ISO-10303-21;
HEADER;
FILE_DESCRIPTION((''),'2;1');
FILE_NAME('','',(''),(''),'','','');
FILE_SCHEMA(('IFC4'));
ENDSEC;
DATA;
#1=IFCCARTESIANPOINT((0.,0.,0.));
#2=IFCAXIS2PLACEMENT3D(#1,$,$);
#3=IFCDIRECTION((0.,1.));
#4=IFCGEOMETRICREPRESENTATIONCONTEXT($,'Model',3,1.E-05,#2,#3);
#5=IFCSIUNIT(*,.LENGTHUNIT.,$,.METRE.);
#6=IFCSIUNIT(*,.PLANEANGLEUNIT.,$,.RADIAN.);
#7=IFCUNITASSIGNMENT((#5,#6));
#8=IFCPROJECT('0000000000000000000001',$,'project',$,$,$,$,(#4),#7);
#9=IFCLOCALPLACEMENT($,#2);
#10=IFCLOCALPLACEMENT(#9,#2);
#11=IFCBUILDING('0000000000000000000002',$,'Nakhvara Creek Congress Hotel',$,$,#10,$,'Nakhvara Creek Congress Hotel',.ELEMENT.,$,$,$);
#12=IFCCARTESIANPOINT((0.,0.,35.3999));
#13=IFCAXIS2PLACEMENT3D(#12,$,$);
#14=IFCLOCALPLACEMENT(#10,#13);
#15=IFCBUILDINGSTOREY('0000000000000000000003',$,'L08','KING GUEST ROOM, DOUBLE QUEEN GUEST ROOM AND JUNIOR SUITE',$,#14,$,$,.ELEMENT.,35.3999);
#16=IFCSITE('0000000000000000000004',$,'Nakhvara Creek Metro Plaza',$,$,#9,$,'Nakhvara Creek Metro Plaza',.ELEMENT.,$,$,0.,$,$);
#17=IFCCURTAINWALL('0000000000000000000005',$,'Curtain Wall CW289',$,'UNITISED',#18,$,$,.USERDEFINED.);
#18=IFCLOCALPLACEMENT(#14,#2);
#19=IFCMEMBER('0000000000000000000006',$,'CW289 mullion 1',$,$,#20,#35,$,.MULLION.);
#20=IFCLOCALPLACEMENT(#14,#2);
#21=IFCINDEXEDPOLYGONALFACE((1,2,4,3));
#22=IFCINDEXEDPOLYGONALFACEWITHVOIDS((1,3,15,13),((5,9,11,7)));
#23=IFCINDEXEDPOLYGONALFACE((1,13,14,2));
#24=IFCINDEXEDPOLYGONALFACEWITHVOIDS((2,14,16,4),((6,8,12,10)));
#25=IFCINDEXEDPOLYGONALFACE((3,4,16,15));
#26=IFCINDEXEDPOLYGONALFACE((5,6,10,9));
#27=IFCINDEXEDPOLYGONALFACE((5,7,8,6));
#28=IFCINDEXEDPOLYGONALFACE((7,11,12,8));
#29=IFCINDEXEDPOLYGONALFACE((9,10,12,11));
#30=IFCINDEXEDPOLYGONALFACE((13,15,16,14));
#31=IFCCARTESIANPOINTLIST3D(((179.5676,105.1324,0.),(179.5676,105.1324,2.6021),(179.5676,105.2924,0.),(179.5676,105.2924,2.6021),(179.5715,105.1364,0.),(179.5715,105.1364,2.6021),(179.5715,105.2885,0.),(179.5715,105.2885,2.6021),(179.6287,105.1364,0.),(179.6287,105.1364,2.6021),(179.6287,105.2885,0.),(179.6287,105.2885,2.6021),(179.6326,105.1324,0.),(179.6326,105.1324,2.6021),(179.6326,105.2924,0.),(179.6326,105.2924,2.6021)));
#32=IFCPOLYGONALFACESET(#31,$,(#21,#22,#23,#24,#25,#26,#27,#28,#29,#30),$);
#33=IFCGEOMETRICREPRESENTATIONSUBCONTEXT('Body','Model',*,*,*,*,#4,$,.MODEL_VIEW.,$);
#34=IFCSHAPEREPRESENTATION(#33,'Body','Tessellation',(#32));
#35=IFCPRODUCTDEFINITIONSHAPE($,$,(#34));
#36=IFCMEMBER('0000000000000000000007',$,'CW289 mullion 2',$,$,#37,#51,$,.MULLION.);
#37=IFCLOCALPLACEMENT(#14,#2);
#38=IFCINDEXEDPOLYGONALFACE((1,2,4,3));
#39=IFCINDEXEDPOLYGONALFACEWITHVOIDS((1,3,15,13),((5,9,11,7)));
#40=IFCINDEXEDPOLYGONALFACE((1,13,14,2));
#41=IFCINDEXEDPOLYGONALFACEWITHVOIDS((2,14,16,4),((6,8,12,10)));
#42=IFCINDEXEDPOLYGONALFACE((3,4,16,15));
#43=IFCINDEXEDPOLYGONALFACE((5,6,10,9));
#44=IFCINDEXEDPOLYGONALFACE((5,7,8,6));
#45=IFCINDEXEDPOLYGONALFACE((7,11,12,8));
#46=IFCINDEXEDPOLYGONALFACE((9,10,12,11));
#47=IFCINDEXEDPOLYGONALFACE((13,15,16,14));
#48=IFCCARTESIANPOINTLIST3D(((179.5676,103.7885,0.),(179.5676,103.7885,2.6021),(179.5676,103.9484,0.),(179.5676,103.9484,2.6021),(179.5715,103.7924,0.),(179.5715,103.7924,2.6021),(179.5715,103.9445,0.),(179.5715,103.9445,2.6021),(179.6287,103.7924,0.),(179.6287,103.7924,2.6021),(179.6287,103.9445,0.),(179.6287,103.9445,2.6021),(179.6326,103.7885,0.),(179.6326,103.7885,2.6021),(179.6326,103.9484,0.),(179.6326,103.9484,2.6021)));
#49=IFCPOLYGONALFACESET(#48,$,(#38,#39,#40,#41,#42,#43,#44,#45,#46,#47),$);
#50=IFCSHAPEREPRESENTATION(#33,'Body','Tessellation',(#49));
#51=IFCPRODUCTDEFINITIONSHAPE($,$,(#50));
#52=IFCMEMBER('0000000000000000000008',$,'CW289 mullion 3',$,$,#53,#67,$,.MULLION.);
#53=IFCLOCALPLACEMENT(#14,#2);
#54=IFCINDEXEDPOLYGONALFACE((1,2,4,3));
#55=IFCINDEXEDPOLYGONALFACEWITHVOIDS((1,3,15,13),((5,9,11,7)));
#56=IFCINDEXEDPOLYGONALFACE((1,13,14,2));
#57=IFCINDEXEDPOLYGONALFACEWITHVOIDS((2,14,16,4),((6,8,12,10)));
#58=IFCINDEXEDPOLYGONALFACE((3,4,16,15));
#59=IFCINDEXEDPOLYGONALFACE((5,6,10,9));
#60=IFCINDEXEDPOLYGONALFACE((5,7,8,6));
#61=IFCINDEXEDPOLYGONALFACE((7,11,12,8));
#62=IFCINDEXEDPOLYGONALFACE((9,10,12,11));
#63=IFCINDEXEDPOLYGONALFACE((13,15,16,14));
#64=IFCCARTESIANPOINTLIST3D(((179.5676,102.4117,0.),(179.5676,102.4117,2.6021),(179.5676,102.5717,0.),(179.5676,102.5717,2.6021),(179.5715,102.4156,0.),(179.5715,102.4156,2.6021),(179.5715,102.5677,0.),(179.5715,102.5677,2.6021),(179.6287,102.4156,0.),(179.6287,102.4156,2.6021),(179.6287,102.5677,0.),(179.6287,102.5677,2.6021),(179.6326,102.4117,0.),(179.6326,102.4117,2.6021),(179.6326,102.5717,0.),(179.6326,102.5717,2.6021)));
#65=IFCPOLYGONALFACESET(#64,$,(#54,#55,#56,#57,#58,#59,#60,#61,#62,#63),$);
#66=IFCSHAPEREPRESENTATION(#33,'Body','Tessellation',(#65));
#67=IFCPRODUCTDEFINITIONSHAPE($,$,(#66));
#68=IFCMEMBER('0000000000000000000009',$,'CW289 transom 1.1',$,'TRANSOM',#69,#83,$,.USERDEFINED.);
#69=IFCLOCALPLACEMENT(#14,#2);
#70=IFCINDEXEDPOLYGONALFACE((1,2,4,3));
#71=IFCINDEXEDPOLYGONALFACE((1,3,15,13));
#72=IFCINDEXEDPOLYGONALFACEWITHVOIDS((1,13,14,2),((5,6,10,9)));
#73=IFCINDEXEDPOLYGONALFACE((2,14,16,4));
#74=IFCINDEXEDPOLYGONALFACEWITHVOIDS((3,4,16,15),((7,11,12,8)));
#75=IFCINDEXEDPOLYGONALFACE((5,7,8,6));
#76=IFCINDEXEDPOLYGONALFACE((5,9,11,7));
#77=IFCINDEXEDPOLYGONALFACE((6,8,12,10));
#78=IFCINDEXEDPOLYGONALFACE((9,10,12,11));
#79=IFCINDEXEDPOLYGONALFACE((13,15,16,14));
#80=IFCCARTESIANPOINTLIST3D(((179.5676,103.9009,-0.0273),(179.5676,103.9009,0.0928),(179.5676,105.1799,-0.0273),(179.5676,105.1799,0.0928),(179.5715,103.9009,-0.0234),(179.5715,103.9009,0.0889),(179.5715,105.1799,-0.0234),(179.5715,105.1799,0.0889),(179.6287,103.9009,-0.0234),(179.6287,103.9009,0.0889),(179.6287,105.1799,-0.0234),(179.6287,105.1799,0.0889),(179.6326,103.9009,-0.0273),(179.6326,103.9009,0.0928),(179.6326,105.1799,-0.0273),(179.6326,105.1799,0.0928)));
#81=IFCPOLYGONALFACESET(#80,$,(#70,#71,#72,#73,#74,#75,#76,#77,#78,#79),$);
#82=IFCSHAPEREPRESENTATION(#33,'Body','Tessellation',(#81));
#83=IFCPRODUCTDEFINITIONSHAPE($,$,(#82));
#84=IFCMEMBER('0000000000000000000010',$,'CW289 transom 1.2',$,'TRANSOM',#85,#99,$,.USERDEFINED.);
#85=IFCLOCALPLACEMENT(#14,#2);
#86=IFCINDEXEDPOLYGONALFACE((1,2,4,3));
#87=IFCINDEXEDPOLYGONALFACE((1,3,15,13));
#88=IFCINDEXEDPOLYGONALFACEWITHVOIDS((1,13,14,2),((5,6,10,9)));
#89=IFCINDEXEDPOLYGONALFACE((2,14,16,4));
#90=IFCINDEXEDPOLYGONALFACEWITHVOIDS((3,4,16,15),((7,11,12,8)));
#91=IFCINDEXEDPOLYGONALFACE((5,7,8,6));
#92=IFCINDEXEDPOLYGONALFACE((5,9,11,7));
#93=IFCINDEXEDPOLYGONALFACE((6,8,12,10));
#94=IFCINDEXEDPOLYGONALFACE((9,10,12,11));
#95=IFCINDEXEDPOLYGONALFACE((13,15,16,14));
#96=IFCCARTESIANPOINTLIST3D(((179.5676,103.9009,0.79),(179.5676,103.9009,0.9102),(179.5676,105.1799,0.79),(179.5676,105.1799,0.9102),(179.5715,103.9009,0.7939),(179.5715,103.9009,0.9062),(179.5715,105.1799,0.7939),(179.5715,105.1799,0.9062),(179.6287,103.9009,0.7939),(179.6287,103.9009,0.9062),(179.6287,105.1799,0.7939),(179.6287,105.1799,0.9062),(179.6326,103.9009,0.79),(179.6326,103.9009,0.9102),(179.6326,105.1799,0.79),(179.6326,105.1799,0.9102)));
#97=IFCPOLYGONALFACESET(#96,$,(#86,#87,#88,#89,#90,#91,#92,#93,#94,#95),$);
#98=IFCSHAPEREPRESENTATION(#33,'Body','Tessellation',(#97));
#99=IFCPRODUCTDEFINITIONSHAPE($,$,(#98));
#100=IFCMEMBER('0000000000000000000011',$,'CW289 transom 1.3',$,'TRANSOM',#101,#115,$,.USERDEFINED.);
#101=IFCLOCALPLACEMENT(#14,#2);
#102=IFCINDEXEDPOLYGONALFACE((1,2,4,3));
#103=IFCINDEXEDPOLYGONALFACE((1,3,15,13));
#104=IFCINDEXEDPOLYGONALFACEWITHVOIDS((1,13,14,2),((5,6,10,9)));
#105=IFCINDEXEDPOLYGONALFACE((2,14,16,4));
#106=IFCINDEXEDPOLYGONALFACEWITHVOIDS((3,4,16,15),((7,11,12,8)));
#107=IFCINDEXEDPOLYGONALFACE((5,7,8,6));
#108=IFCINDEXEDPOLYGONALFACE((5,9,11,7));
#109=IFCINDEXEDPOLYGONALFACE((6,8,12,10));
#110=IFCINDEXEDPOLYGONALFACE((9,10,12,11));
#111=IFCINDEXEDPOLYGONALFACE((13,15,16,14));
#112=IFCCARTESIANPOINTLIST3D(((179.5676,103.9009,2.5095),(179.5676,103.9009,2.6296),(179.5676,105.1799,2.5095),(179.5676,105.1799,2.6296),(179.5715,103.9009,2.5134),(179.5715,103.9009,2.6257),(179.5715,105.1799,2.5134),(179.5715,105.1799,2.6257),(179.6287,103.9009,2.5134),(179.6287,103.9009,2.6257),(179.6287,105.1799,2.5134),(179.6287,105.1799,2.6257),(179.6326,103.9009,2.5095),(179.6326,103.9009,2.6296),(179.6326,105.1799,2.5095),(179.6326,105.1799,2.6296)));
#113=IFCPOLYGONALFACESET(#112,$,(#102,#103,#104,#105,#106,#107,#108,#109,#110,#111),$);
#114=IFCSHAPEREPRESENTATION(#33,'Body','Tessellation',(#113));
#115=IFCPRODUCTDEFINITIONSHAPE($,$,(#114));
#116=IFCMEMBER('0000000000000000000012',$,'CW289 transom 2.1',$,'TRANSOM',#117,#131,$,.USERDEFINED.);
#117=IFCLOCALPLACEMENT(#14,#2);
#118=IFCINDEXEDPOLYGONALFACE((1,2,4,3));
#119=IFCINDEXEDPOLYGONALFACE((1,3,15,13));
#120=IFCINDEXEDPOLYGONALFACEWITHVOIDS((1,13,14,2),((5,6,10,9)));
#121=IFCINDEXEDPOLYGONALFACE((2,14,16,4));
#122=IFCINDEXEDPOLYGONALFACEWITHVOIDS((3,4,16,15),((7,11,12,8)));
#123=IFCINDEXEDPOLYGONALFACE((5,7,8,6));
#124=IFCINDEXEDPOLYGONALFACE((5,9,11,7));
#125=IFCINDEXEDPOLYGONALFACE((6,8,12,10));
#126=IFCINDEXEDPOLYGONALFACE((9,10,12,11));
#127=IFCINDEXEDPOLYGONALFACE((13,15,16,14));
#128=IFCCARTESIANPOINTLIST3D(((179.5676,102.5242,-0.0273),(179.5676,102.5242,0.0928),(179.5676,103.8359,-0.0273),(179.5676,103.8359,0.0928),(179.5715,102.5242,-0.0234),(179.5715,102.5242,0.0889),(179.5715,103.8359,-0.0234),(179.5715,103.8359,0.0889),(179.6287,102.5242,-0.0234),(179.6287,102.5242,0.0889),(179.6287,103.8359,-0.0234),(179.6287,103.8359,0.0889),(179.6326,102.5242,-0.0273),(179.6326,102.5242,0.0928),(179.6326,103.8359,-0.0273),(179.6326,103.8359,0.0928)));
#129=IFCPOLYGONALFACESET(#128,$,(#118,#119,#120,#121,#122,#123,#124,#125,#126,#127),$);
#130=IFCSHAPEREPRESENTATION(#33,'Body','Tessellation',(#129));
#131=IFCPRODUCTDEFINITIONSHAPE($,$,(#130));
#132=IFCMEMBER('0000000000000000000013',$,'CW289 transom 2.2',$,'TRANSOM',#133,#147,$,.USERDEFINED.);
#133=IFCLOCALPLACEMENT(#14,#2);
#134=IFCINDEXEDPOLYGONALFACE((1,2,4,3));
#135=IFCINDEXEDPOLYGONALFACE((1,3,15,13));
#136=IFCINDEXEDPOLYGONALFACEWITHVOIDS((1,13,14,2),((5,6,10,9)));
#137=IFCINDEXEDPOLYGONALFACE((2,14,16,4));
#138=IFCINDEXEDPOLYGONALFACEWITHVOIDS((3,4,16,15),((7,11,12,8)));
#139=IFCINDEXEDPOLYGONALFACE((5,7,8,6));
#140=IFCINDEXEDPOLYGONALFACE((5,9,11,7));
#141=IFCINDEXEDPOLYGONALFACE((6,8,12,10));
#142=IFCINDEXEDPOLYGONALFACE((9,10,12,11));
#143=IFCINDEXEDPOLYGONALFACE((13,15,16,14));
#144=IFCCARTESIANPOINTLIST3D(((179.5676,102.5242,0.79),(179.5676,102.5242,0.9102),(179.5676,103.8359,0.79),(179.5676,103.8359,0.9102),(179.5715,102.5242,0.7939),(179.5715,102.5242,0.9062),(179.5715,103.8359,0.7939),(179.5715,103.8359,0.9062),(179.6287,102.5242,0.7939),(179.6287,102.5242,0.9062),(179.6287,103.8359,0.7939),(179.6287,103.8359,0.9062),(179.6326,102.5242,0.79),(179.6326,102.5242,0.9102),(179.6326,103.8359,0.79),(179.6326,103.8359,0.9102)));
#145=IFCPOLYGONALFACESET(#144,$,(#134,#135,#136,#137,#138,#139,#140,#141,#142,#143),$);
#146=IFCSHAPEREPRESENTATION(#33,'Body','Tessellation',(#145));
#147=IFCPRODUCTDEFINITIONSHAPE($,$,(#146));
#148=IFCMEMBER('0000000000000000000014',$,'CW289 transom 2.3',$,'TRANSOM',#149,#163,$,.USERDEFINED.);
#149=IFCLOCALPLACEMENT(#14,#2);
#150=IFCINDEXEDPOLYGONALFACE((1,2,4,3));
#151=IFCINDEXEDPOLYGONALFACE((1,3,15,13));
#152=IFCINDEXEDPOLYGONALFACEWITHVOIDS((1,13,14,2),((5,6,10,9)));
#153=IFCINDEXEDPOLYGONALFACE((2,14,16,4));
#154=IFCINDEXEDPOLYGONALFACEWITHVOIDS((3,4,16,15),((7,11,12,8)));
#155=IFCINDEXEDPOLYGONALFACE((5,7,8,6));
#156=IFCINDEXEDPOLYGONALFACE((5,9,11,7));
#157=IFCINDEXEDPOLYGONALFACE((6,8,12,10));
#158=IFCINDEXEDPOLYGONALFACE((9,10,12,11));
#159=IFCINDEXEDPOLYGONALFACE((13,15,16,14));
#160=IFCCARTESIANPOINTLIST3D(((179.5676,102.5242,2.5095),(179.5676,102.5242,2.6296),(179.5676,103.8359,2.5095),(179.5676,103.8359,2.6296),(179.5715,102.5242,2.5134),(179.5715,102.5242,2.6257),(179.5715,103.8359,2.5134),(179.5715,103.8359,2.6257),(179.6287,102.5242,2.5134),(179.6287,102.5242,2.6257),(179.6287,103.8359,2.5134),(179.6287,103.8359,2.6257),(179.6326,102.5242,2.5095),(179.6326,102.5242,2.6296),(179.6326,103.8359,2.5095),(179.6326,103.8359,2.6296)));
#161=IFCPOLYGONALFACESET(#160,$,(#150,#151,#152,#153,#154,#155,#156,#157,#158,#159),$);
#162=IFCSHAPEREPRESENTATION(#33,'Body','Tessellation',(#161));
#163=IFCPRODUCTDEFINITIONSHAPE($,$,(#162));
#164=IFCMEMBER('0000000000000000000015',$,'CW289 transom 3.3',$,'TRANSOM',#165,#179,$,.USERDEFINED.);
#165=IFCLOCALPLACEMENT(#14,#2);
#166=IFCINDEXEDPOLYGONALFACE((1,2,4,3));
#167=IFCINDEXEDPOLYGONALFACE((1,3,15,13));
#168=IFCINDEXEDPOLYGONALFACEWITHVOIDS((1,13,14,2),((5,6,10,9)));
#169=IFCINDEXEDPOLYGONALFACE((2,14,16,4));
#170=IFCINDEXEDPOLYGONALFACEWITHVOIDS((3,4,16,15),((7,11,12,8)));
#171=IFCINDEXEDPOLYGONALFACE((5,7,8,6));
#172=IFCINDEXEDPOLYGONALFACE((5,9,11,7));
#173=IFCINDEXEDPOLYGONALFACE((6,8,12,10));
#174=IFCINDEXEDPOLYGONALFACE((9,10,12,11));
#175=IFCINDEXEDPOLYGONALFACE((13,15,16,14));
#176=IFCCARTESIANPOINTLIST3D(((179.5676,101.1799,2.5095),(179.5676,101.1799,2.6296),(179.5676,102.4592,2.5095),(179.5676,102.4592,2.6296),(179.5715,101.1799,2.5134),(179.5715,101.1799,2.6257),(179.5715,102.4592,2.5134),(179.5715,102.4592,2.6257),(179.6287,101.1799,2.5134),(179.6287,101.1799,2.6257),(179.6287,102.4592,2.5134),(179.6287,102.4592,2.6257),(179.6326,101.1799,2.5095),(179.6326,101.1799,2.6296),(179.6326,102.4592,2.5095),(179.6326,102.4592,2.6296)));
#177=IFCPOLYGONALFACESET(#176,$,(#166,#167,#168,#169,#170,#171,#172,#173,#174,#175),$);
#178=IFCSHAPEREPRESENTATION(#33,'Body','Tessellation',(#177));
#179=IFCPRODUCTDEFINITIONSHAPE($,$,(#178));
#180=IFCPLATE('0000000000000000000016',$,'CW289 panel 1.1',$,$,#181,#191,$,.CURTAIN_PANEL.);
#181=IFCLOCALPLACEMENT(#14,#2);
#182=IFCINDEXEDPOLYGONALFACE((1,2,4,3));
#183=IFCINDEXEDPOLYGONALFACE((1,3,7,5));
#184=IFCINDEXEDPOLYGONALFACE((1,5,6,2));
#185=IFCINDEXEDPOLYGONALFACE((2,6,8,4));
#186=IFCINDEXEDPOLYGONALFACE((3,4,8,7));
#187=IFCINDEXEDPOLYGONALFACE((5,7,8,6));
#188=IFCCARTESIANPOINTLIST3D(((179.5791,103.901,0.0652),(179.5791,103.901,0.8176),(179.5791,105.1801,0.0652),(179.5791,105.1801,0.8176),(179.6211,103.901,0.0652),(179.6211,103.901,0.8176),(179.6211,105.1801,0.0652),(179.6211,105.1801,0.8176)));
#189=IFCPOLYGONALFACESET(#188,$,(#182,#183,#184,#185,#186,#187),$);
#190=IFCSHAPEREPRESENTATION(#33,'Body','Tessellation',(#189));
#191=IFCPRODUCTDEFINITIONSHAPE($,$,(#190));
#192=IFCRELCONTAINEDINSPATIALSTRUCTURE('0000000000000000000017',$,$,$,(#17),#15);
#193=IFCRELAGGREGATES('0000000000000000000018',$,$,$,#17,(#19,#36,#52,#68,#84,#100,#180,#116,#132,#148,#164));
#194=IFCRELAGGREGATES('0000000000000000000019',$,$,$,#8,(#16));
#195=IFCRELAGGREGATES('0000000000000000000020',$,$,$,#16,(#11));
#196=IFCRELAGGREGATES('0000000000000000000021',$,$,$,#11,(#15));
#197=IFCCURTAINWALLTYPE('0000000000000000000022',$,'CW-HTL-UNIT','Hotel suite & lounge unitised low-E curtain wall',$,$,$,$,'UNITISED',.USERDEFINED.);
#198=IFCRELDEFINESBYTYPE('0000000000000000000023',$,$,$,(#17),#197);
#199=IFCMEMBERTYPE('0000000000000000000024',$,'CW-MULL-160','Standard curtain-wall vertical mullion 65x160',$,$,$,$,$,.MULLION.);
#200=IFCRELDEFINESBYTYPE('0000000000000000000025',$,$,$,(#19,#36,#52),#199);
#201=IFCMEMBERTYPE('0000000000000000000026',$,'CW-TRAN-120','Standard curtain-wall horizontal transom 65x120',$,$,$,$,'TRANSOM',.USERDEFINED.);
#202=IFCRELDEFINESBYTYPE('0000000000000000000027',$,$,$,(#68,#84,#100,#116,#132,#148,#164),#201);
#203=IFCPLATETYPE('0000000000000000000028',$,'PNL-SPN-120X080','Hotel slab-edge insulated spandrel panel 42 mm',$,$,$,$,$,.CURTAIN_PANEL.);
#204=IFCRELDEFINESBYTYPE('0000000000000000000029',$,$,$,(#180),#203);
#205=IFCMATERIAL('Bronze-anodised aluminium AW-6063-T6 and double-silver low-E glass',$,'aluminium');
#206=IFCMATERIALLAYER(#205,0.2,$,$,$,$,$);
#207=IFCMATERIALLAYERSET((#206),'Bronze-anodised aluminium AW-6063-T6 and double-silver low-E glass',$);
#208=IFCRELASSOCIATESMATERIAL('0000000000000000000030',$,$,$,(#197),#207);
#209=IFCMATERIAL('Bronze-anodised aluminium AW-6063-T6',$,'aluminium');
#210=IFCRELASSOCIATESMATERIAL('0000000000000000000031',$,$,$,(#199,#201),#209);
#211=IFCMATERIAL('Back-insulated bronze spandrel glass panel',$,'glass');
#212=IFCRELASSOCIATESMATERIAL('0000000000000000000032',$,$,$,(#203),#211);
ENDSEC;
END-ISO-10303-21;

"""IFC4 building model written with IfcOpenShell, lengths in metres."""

from ifc_helpers import new_model, si_unit, direction, frame, origin, origin_2d, place, context, subcontext, project, spatial, rectangle, hollow_rectangle, extrude, material, layer, layer_set, material_profile, profile_set, type_object, element, aggregate, save


model = new_model("IFC4")

# Units and contexts
model_context = context("Model", 3, precision=1e-05, world=origin(), true_north=direction((0.0, 1.0)))
body_context = subcontext(model_context, "Body", "Model", "MODEL_VIEW")
ifc_project = project(units=[si_unit("LENGTHUNIT", "METRE"), si_unit("PLANEANGLEUNIT", "RADIAN")], contexts=[model_context])

# Site, building, storey
site_placement = place(None, origin())
site = spatial("IfcSite", under=ifc_project, at=site_placement, Name="Nakhvara Creek Metro Plaza", LongName="Nakhvara Creek Metro Plaza", CompositionType="ELEMENT", RefElevation=0.0)
building_placement = place(site_placement, origin())
building = spatial("IfcBuilding", under=site, at=building_placement, Name="Nakhvara Creek Congress Hotel", LongName="Nakhvara Creek Congress Hotel", CompositionType="ELEMENT")
storey_placement = place(building_placement, frame((0.0, 0.0, 35.3999)))
storey = spatial("IfcBuildingStorey", under=building, at=storey_placement, Name="L08", Description="KING GUEST ROOM, DOUBLE QUEEN GUEST ROOM AND JUNIOR SUITE", CompositionType="ELEMENT", Elevation=35.3999)

# Curtain wall, members, plate
ifc_material_1 = material(Name="Bronze-anodised aluminium AW-6063-T6 and double-silver low-E glass", Category="aluminium")
ifc_layer_1 = layer(ifc_material_1, 0.2)
ifc_layer_set_1 = layer_set([ifc_layer_1], Name="Bronze-anodised aluminium AW-6063-T6 and double-silver low-E glass")
curtain_wall_type = type_object("IfcCurtainWallType", Name="CW-HTL-UNIT", Description="Hotel suite & lounge unitised low-E curtain wall", ElementType="UNITISED", PredefinedType="USERDEFINED", material=ifc_layer_set_1)
curtain_wall_placement = place(storey_placement, origin())
curtain_wall = element("IfcCurtainWall", 1, at=curtain_wall_placement, inside=storey, type_object=curtain_wall_type, Name="Curtain Wall CW289", ObjectType="UNITISED", PredefinedType="USERDEFINED")
ifc_material_2 = material(Name="Bronze-anodised aluminium AW-6063-T6", Category="aluminium")
ifc_material_profile_1 = material_profile(ifc_material_2, hollow_rectangle(XDim=0.0649, YDim=0.1599, WallThickness=0.0039, at=origin_2d()), Name="ALU-MULL 65x160x4", Category="LoadBearing")
ifc_profile_set_1 = profile_set([ifc_material_profile_1], Name="Bronze-anodised aluminium AW-6063-T6")
member_type_1 = type_object("IfcMemberType", Name="CW-MULL-160", Description="Standard curtain-wall vertical mullion 65x160", PredefinedType="MULLION", material=ifc_profile_set_1)
member_1_placement = place(storey_placement, frame((179.6001, 105.2124, 0.0), z_axis=(0.0, 0.0, 1.0), x_axis=(1.0, 0.0, 0.0)))
member_1 = element("IfcMember", 2, at=member_1_placement, type_object=member_type_1, Name="CW289 mullion 1", PredefinedType="MULLION", context=body_context, shape_type="SweptSolid", body=[
    extrude(hollow_rectangle(XDim=0.0649, YDim=0.1599, WallThickness=0.0039, at=origin_2d()), origin(), (0.0, 0.0, 1.0), 2.6021),
])
member_2_placement = place(storey_placement, frame((179.6001, 103.8684, 0.0), z_axis=(0.0, 0.0, 1.0), x_axis=(1.0, 0.0, 0.0)))
member_2 = element("IfcMember", 3, at=member_2_placement, type_object=member_type_1, Name="CW289 mullion 2", PredefinedType="MULLION", context=body_context, shape_type="SweptSolid", body=[
    extrude(hollow_rectangle(XDim=0.0649, YDim=0.1599, WallThickness=0.0039, at=origin_2d()), origin(), (0.0, 0.0, 1.0), 2.6021),
])
member_3_placement = place(storey_placement, frame((179.6001, 102.4917, 0.0), z_axis=(0.0, 0.0, 1.0), x_axis=(1.0, 0.0, 0.0)))
member_3 = element("IfcMember", 4, at=member_3_placement, type_object=member_type_1, Name="CW289 mullion 3", PredefinedType="MULLION", context=body_context, shape_type="SweptSolid", body=[
    extrude(hollow_rectangle(XDim=0.0649, YDim=0.1599, WallThickness=0.0039, at=origin_2d()), origin(), (0.0, 0.0, 1.0), 2.6021),
])
ifc_material_profile_2 = material_profile(ifc_material_2, hollow_rectangle(XDim=0.0649, YDim=0.1201, WallThickness=0.0039, at=origin_2d()), Name="ALU-TRAN 65x120x4", Category="LoadBearing")
ifc_profile_set_2 = profile_set([ifc_material_profile_2], Name="Bronze-anodised aluminium AW-6063-T6")
member_type_2 = type_object("IfcMemberType", Name="CW-TRAN-120", Description="Standard curtain-wall horizontal transom 65x120", ElementType="TRANSOM", PredefinedType="USERDEFINED", material=ifc_profile_set_2)
member_4_placement = place(storey_placement, frame((179.6001, 105.1799, 0.0327), z_axis=(0.0, -1.0, 0.0), x_axis=(1.0, 0.0, 0.0)))
member_4 = element("IfcMember", 5, at=member_4_placement, type_object=member_type_2, Name="CW289 transom 1.1", ObjectType="TRANSOM", PredefinedType="USERDEFINED", context=body_context, shape_type="SweptSolid", body=[
    extrude(hollow_rectangle(XDim=0.0649, YDim=0.1201, WallThickness=0.0039, at=origin_2d()), origin(), (0.0, 0.0, 1.0), 1.2791),
])
member_5_placement = place(storey_placement, frame((179.6001, 105.1799, 0.8501), z_axis=(0.0, -1.0, 0.0), x_axis=(1.0, 0.0, 0.0)))
member_5 = element("IfcMember", 6, at=member_5_placement, type_object=member_type_2, Name="CW289 transom 1.2", ObjectType="TRANSOM", PredefinedType="USERDEFINED", context=body_context, shape_type="SweptSolid", body=[
    extrude(hollow_rectangle(XDim=0.0649, YDim=0.1201, WallThickness=0.0039, at=origin_2d()), origin(), (0.0, 0.0, 1.0), 1.2791),
])
member_6_placement = place(storey_placement, frame((179.6001, 105.1799, 2.5696), z_axis=(0.0, -1.0, 0.0), x_axis=(1.0, 0.0, 0.0)))
member_6 = element("IfcMember", 7, at=member_6_placement, type_object=member_type_2, Name="CW289 transom 1.3", ObjectType="TRANSOM", PredefinedType="USERDEFINED", context=body_context, shape_type="SweptSolid", body=[
    extrude(hollow_rectangle(XDim=0.0649, YDim=0.1201, WallThickness=0.0039, at=origin_2d()), origin(), (0.0, 0.0, 1.0), 1.2791),
])
member_7_placement = place(storey_placement, frame((179.6001, 103.8359, 0.0327), z_axis=(0.0, -1.0, 0.0), x_axis=(1.0, 0.0, 0.0)))
member_7 = element("IfcMember", 8, at=member_7_placement, type_object=member_type_2, Name="CW289 transom 2.1", ObjectType="TRANSOM", PredefinedType="USERDEFINED", context=body_context, shape_type="SweptSolid", body=[
    extrude(hollow_rectangle(XDim=0.0649, YDim=0.1201, WallThickness=0.0039, at=origin_2d()), origin(), (0.0, 0.0, 1.0), 1.3118),
])
member_8_placement = place(storey_placement, frame((179.6001, 103.8359, 0.8501), z_axis=(0.0, -1.0, 0.0), x_axis=(1.0, 0.0, 0.0)))
member_8 = element("IfcMember", 9, at=member_8_placement, type_object=member_type_2, Name="CW289 transom 2.2", ObjectType="TRANSOM", PredefinedType="USERDEFINED", context=body_context, shape_type="SweptSolid", body=[
    extrude(hollow_rectangle(XDim=0.0649, YDim=0.1201, WallThickness=0.0039, at=origin_2d()), origin(), (0.0, 0.0, 1.0), 1.3118),
])
member_9_placement = place(storey_placement, frame((179.6001, 103.8359, 2.5696), z_axis=(0.0, -1.0, 0.0), x_axis=(1.0, 0.0, 0.0)))
member_9 = element("IfcMember", 10, at=member_9_placement, type_object=member_type_2, Name="CW289 transom 2.3", ObjectType="TRANSOM", PredefinedType="USERDEFINED", context=body_context, shape_type="SweptSolid", body=[
    extrude(hollow_rectangle(XDim=0.0649, YDim=0.1201, WallThickness=0.0039, at=origin_2d()), origin(), (0.0, 0.0, 1.0), 1.3118),
])
member_10_placement = place(storey_placement, frame((179.6001, 102.4592, 2.5696), z_axis=(0.0, -1.0, 0.0), x_axis=(1.0, 0.0, 0.0)))
member_10 = element("IfcMember", 11, at=member_10_placement, type_object=member_type_2, Name="CW289 transom 3.3", ObjectType="TRANSOM", PredefinedType="USERDEFINED", context=body_context, shape_type="SweptSolid", body=[
    extrude(hollow_rectangle(XDim=0.0649, YDim=0.1201, WallThickness=0.0039, at=origin_2d()), origin(), (0.0, 0.0, 1.0), 1.2793),
])
ifc_material_3 = material(Name="Back-insulated bronze spandrel glass panel", Category="glass")
plate_type = type_object("IfcPlateType", Name="PNL-SPN-120X080", Description="Hotel slab-edge insulated spandrel panel 42 mm", PredefinedType="CURTAIN_PANEL", material=ifc_material_3)
plate_1_placement = place(storey_placement, frame((179.6001, 104.5405, 0.0652), z_axis=(0.0, 0.0, 1.0), x_axis=(0.0, -1.0, 0.0)))
plate_1 = element("IfcPlate", 12, at=plate_1_placement, type_object=plate_type, Name="CW289 panel 1.1", PredefinedType="CURTAIN_PANEL", context=body_context, shape_type="SweptSolid", body=[
    extrude(rectangle(XDim=1.2791, YDim=0.042, at=origin_2d()), origin(), (0.0, 0.0, 1.0), 0.7524),
])
aggregate(curtain_wall, [member_1, member_2, member_3, member_4, member_5, member_6, plate_1, member_7, member_8, member_9, member_10])

save(model, "model.ifc")
